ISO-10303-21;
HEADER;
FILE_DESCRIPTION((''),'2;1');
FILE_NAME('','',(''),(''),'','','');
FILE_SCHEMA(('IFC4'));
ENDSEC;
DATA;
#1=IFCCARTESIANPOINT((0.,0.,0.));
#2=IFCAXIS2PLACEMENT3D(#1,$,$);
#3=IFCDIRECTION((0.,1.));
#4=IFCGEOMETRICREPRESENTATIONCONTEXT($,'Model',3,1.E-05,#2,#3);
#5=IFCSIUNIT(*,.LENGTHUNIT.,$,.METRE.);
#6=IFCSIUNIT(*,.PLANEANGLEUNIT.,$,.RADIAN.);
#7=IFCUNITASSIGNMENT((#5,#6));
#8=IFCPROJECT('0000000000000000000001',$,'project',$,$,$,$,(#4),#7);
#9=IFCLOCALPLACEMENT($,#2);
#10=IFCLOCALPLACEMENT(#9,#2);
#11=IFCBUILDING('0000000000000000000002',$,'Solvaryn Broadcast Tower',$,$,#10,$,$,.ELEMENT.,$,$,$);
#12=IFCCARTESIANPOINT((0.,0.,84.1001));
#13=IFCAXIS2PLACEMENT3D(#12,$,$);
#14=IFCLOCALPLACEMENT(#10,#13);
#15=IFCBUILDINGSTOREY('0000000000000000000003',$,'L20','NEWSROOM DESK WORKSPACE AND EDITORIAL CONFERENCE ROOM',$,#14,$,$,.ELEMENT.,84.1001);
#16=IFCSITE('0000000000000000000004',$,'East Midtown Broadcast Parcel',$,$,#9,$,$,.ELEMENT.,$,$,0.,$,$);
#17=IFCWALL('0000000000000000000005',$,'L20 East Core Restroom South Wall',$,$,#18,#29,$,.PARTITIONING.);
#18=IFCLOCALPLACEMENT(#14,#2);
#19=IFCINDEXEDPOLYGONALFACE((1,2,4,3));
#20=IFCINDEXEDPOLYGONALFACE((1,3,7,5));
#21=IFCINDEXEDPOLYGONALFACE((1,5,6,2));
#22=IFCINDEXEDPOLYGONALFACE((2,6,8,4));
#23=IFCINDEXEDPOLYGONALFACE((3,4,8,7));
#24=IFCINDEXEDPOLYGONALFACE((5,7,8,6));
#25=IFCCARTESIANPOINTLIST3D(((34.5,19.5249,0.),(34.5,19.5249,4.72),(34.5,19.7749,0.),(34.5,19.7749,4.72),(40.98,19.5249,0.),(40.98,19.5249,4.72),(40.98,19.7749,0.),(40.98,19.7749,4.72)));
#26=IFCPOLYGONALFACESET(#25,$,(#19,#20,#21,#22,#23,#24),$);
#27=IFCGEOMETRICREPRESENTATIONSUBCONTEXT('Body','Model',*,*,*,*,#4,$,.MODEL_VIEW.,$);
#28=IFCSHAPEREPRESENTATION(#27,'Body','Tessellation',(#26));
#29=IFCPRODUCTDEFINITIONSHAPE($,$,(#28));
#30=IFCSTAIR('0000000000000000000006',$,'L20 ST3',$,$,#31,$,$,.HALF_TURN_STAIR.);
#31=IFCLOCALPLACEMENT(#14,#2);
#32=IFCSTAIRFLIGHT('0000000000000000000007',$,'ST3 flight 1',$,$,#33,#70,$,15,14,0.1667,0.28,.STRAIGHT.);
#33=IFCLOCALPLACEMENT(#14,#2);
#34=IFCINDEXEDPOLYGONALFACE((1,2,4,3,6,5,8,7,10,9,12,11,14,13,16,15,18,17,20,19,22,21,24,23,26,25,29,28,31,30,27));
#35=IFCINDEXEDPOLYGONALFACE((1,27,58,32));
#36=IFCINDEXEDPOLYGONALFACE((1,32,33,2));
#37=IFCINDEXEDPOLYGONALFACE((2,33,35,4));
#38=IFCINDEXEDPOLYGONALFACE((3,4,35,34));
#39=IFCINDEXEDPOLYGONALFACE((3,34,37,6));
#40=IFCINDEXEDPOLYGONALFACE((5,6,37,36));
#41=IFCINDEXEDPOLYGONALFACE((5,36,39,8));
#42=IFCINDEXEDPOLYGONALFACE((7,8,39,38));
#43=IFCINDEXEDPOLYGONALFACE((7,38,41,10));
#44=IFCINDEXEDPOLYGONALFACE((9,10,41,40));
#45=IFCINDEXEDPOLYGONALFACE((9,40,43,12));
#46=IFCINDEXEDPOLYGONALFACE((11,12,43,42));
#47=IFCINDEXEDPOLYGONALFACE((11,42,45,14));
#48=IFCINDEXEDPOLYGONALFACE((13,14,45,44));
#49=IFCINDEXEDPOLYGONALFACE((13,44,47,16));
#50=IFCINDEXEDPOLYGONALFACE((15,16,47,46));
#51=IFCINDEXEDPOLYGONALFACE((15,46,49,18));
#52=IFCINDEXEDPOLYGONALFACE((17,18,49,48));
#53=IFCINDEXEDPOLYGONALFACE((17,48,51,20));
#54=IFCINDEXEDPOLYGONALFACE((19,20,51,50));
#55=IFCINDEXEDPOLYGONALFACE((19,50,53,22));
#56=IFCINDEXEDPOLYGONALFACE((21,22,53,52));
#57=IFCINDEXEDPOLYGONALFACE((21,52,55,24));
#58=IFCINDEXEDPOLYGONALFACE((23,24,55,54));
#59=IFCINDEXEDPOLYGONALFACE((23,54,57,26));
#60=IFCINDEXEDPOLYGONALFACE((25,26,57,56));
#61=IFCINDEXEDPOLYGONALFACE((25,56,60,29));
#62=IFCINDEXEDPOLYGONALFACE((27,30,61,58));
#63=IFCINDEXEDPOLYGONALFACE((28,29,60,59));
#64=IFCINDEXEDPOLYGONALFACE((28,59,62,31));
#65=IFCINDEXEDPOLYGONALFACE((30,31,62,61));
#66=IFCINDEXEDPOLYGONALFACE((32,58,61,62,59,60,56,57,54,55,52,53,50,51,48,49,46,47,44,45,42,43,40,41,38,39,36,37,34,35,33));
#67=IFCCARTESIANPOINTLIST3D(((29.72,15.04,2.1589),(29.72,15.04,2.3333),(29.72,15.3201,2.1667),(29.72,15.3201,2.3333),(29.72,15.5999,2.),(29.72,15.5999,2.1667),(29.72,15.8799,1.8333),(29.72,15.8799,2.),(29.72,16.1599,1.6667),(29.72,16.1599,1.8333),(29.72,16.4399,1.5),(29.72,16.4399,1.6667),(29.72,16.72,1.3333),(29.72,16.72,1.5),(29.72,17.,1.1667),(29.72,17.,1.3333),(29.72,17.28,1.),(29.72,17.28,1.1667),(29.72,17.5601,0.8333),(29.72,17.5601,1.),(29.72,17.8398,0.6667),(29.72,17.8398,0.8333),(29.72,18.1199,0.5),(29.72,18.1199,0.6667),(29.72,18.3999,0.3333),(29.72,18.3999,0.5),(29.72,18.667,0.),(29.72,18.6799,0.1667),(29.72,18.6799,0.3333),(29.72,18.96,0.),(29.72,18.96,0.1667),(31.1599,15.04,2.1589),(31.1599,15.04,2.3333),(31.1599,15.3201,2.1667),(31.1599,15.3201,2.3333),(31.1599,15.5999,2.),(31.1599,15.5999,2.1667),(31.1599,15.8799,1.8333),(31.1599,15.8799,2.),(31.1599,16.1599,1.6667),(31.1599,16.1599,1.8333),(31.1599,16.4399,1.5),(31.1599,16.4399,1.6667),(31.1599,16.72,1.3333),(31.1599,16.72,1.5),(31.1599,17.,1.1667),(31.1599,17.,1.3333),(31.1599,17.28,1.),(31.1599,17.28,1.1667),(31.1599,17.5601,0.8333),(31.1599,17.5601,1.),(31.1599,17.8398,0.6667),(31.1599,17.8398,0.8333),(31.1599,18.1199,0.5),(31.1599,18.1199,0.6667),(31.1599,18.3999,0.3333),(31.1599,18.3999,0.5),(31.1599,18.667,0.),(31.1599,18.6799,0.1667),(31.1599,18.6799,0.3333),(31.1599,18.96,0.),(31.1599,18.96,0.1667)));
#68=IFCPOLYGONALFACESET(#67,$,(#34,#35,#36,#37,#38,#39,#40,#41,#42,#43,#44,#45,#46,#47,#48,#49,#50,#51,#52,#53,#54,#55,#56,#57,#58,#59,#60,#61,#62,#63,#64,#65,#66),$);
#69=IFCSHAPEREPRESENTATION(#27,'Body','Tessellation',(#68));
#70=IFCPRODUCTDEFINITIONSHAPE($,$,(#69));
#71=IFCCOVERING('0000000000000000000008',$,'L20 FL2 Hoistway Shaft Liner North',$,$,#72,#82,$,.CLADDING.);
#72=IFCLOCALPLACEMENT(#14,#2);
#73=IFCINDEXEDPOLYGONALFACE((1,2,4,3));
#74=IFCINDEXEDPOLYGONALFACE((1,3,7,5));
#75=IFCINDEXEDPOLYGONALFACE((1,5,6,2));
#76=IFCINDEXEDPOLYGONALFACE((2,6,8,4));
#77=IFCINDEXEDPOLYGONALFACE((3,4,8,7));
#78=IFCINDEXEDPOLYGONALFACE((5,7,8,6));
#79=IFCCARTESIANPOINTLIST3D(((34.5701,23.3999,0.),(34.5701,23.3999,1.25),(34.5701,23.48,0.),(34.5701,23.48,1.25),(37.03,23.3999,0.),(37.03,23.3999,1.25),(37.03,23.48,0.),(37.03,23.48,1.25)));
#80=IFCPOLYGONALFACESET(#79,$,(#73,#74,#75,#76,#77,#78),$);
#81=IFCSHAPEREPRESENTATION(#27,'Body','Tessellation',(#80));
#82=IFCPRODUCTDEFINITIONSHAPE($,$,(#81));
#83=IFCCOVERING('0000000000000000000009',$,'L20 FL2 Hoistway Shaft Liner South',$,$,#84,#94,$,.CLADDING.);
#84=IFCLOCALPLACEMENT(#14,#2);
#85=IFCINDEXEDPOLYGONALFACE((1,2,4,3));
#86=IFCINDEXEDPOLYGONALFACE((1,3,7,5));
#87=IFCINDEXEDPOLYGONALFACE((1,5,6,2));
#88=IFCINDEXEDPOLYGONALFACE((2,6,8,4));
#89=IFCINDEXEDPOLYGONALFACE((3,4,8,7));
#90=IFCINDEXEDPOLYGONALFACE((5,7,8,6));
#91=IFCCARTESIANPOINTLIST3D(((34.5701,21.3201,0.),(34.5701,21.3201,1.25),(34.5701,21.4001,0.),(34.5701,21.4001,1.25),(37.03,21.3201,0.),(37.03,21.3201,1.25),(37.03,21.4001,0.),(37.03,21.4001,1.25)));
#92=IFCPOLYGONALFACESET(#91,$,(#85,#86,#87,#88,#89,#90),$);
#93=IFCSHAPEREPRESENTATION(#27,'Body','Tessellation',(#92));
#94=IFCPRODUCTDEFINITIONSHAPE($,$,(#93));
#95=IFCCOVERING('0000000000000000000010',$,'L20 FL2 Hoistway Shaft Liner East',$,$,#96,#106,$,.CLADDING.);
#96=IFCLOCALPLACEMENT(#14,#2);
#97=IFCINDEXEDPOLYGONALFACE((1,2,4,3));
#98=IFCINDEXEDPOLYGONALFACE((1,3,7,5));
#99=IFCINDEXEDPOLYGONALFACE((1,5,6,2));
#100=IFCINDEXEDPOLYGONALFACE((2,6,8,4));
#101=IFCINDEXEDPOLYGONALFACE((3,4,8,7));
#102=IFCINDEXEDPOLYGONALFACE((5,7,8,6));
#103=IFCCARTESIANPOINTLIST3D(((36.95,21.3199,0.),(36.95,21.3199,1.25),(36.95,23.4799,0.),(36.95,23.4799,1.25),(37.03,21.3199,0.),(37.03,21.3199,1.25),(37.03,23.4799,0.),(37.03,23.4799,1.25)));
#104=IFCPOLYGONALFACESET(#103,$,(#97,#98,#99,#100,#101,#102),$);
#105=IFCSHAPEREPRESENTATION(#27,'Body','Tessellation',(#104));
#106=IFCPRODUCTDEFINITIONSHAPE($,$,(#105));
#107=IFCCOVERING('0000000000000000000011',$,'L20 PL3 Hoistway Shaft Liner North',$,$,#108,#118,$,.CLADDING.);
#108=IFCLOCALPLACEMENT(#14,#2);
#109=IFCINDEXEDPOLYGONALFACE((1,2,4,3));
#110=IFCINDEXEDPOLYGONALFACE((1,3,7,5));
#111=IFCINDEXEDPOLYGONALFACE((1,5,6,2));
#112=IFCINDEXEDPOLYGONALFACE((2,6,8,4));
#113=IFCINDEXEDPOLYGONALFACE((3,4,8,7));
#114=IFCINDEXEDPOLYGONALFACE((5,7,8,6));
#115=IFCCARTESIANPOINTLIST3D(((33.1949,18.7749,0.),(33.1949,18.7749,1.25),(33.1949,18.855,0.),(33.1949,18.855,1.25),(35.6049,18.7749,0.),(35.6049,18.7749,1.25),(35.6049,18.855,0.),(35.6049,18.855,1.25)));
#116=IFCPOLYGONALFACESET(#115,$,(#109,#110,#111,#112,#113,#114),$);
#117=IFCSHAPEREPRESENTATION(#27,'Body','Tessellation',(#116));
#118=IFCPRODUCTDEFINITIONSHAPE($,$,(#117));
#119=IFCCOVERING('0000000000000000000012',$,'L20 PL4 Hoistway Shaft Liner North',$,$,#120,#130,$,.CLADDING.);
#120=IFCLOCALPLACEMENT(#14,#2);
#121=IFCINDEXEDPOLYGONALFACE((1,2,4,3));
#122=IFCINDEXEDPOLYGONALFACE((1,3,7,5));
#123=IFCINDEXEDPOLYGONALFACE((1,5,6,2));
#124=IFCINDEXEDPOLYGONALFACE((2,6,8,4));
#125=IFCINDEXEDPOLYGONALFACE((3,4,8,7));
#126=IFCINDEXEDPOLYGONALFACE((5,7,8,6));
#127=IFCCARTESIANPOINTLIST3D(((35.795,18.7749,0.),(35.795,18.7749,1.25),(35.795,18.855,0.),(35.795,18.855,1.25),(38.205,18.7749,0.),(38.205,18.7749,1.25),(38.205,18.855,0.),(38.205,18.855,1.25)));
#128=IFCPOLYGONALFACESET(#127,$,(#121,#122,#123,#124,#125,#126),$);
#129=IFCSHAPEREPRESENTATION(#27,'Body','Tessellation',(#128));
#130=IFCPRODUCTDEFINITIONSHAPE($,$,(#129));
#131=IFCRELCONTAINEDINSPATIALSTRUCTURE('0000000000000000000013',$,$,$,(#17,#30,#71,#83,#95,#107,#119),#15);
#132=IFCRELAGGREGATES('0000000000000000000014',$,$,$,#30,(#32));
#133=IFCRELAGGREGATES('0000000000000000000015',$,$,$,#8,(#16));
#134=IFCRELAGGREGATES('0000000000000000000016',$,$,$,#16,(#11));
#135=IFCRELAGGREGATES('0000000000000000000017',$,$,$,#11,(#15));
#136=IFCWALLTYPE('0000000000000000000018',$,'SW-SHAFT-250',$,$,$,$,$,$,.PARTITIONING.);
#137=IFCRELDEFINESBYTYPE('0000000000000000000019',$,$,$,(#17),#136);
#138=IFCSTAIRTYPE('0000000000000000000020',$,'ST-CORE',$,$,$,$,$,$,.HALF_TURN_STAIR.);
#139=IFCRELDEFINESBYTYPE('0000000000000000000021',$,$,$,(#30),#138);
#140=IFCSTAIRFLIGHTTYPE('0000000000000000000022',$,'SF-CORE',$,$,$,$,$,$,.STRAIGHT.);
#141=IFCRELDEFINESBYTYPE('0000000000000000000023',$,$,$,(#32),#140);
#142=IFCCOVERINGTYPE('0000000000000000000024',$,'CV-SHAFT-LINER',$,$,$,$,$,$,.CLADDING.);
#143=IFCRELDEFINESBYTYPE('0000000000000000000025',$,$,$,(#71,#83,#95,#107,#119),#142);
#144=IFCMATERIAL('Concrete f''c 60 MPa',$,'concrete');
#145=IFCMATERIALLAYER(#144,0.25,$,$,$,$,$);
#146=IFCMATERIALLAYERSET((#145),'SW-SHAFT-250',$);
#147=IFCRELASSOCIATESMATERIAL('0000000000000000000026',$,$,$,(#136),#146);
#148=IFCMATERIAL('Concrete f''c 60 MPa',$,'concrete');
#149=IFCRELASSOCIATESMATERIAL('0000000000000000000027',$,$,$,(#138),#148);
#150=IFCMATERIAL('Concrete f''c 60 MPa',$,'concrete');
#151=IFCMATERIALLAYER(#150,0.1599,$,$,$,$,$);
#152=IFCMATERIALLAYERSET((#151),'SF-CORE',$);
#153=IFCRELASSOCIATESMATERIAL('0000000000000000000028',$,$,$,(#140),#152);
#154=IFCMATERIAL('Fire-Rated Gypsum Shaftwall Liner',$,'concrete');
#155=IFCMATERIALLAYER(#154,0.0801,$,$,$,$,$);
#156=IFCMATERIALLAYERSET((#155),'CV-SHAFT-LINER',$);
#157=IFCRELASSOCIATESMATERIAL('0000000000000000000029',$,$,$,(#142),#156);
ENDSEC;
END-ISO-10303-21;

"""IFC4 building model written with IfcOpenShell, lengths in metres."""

from ifc_helpers import new_model, si_unit, direction, frame, frame_2d, origin, origin_2d, place, context, subcontext, project, spatial, polyline, rectangle, outline, extrude, material, layer, layer_set, type_object, element, aggregate, save


model = new_model("IFC4")

# Units and contexts
model_context = context("Model", 3, precision=1e-05, world=origin(), true_north=direction((0.0, 1.0)))
body_context = subcontext(model_context, "Body", "Model", "MODEL_VIEW")
ifc_project = project(units=[si_unit("LENGTHUNIT", "METRE"), si_unit("PLANEANGLEUNIT", "RADIAN")], contexts=[model_context])

# Site, building, storey
site_placement = place(None, origin())
site = spatial("IfcSite", under=ifc_project, at=site_placement, Name="East Midtown Broadcast Parcel", CompositionType="ELEMENT", RefElevation=0.0)
building_placement = place(site_placement, origin())
building = spatial("IfcBuilding", under=site, at=building_placement, Name="Solvaryn Broadcast Tower", CompositionType="ELEMENT")
storey_placement = place(building_placement, frame((0.0, 0.0, 84.1001)))
storey = spatial("IfcBuildingStorey", under=building, at=storey_placement, Name="L20", Description="NEWSROOM DESK WORKSPACE AND EDITORIAL CONFERENCE ROOM", CompositionType="ELEMENT", Elevation=84.1001)

# Shared definitions
ifc_material_1 = material(Name="Concrete f'c 60 MPa", Category="concrete")
ifc_layer_1 = layer(ifc_material_1, 0.25)
ifc_layer_set_1 = layer_set([ifc_layer_1], Name="SW-SHAFT-250")
wall_type_1 = type_object("IfcWallType", Name="SW-SHAFT-250", PredefinedType="PARTITIONING", material=ifc_layer_set_1)

# Wall
wall_1_placement = place(storey_placement, frame((34.5, 19.6499, 0.0), z_axis=(0.0, 0.0, 1.0), x_axis=(1.0, 0.0, 0.0)))
element("IfcWall", 1, at=wall_1_placement, inside=storey, type_object=wall_type_1, Name="L20 East Core Restroom South Wall", PredefinedType="PARTITIONING", context=body_context, shape_type="SweptSolid", body=[
    extrude(rectangle(XDim=6.48, YDim=0.25, at=frame_2d((3.24, 0.0))), origin(), (0.0, 0.0, 1.0), 4.72),
])

# Stair, stair flight
ifc_material_2 = material(Name="Concrete f'c 60 MPa", Category="concrete")
stair_type = type_object("IfcStairType", Name="ST-CORE", PredefinedType="HALF_TURN_STAIR", material=ifc_material_2)
stair_placement = place(storey_placement, origin())
stair = element("IfcStair", 2, at=stair_placement, inside=storey, type_object=stair_type, Name="L20 ST3", PredefinedType="HALF_TURN_STAIR")
ifc_material_3 = material(Name="Concrete f'c 60 MPa", Category="concrete")
ifc_layer_2 = layer(ifc_material_3, 0.1599)
ifc_layer_set_2 = layer_set([ifc_layer_2], Name="SF-CORE")
stair_flight_type = type_object("IfcStairFlightType", Name="SF-CORE", PredefinedType="STRAIGHT", material=ifc_layer_set_2)
stair_flight_placement = place(storey_placement, frame((30.4399, 18.96, 0.0), z_axis=(0.0, 0.0, 1.0), x_axis=(0.0, -1.0, 0.0)))
stair_flight = element("IfcStairFlight", 3, at=stair_flight_placement, type_object=stair_flight_type, Name="ST3 flight 1", NumberOfRisers=15, NumberOfTreads=14, PredefinedType="STRAIGHT", RiserHeight=0.1667, TreadLength=0.28, context=body_context, shape_type="SweptSolid", body=[
    extrude(outline(polyline([(0.0, 0.0), (0.0, 0.1667), (0.28, 0.1667), (0.28, 0.3333), (0.5601, 0.3333), (0.5601, 0.5), (0.8401, 0.5), (0.8401, 0.6667), (1.1201, 0.6667), (1.1201, 0.8333), (1.3999, 0.8333), (1.3999, 1.0), (1.6799, 1.0), (1.6799, 1.1667), (1.96, 1.1667), (1.96, 1.3333), (2.24, 1.3333), (2.24, 1.5), (2.52, 1.5), (2.52, 1.6667), (2.8, 1.6667), (2.8, 1.8333), (3.0801, 1.8333), (3.0801, 2.0), (3.3601, 2.0), (3.3601, 2.1667), (3.6399, 2.1667), (3.6399, 2.3333), (3.9199, 2.3333), (3.9199, 2.5), (3.9199, 2.1589), (0.293, 0.0), (0.0, 0.0)])), frame((0.0, 0.72, 0.0), z_axis=(0.0, -1.0, 0.0), x_axis=(1.0, 0.0, 0.0)), (0.0, 0.0, 1.0), 1.4399),
])
aggregate(stair, [stair_flight])

# Coverings
ifc_material_4 = material(Name="Fire-Rated Gypsum Shaftwall Liner", Category="concrete")
ifc_layer_3 = layer(ifc_material_4, 0.0801)
ifc_layer_set_3 = layer_set([ifc_layer_3], Name="CV-SHAFT-LINER")
covering_type = type_object("IfcCoveringType", Name="CV-SHAFT-LINER", PredefinedType="CLADDING", material=ifc_layer_set_3)
for number, where, z_axis, x_axis, name in (
    (4, (35.8, 23.4399, 0.0), (0.0, 0.0, 1.0), (1.0, 0.0, 0.0), "L20 FL2 Hoistway Shaft Liner North"),
    (5, (35.8, 21.3601, 0.0), (0.0, 0.0, 1.0), (1.0, 0.0, 0.0), "L20 FL2 Hoistway Shaft Liner South"),
):
    element("IfcCovering", number, at=place(storey_placement, frame(where, z_axis=z_axis, x_axis=x_axis)), inside=storey, type_object=covering_type, Name=name, PredefinedType="CLADDING", context=body_context, shape_type="SweptSolid", body=[
        extrude(rectangle(XDim=2.46, YDim=0.0801, at=origin_2d()), origin(), (0.0, 0.0, 1.0), 1.25),
    ])
covering_placement = place(storey_placement, frame((36.99, 22.3999, 0.0), z_axis=(0.0, 0.0, 1.0), x_axis=(1.0, 0.0, 0.0)))
element("IfcCovering", 6, at=covering_placement, inside=storey, type_object=covering_type, Name="L20 FL2 Hoistway Shaft Liner East", PredefinedType="CLADDING", context=body_context, shape_type="SweptSolid", body=[
    extrude(rectangle(XDim=0.0801, YDim=2.1599, at=origin_2d()), origin(), (0.0, 0.0, 1.0), 1.25),
])
for number, where, z_axis, x_axis, name in (
    (7, (34.3999, 18.8149, 0.0), (0.0, 0.0, 1.0), (1.0, 0.0, 0.0), "L20 PL3 Hoistway Shaft Liner North"),
    (8, (37.0, 18.8149, 0.0), (0.0, 0.0, 1.0), (1.0, 0.0, 0.0), "L20 PL4 Hoistway Shaft Liner North"),
):
    element("IfcCovering", number, at=place(storey_placement, frame(where, z_axis=z_axis, x_axis=x_axis)), inside=storey, type_object=covering_type, Name=name, PredefinedType="CLADDING", context=body_context, shape_type="SweptSolid", body=[
        extrude(rectangle(XDim=2.4099, YDim=0.0801, at=origin_2d()), origin(), (0.0, 0.0, 1.0), 1.25),
    ])

save(model, "model.ifc")
